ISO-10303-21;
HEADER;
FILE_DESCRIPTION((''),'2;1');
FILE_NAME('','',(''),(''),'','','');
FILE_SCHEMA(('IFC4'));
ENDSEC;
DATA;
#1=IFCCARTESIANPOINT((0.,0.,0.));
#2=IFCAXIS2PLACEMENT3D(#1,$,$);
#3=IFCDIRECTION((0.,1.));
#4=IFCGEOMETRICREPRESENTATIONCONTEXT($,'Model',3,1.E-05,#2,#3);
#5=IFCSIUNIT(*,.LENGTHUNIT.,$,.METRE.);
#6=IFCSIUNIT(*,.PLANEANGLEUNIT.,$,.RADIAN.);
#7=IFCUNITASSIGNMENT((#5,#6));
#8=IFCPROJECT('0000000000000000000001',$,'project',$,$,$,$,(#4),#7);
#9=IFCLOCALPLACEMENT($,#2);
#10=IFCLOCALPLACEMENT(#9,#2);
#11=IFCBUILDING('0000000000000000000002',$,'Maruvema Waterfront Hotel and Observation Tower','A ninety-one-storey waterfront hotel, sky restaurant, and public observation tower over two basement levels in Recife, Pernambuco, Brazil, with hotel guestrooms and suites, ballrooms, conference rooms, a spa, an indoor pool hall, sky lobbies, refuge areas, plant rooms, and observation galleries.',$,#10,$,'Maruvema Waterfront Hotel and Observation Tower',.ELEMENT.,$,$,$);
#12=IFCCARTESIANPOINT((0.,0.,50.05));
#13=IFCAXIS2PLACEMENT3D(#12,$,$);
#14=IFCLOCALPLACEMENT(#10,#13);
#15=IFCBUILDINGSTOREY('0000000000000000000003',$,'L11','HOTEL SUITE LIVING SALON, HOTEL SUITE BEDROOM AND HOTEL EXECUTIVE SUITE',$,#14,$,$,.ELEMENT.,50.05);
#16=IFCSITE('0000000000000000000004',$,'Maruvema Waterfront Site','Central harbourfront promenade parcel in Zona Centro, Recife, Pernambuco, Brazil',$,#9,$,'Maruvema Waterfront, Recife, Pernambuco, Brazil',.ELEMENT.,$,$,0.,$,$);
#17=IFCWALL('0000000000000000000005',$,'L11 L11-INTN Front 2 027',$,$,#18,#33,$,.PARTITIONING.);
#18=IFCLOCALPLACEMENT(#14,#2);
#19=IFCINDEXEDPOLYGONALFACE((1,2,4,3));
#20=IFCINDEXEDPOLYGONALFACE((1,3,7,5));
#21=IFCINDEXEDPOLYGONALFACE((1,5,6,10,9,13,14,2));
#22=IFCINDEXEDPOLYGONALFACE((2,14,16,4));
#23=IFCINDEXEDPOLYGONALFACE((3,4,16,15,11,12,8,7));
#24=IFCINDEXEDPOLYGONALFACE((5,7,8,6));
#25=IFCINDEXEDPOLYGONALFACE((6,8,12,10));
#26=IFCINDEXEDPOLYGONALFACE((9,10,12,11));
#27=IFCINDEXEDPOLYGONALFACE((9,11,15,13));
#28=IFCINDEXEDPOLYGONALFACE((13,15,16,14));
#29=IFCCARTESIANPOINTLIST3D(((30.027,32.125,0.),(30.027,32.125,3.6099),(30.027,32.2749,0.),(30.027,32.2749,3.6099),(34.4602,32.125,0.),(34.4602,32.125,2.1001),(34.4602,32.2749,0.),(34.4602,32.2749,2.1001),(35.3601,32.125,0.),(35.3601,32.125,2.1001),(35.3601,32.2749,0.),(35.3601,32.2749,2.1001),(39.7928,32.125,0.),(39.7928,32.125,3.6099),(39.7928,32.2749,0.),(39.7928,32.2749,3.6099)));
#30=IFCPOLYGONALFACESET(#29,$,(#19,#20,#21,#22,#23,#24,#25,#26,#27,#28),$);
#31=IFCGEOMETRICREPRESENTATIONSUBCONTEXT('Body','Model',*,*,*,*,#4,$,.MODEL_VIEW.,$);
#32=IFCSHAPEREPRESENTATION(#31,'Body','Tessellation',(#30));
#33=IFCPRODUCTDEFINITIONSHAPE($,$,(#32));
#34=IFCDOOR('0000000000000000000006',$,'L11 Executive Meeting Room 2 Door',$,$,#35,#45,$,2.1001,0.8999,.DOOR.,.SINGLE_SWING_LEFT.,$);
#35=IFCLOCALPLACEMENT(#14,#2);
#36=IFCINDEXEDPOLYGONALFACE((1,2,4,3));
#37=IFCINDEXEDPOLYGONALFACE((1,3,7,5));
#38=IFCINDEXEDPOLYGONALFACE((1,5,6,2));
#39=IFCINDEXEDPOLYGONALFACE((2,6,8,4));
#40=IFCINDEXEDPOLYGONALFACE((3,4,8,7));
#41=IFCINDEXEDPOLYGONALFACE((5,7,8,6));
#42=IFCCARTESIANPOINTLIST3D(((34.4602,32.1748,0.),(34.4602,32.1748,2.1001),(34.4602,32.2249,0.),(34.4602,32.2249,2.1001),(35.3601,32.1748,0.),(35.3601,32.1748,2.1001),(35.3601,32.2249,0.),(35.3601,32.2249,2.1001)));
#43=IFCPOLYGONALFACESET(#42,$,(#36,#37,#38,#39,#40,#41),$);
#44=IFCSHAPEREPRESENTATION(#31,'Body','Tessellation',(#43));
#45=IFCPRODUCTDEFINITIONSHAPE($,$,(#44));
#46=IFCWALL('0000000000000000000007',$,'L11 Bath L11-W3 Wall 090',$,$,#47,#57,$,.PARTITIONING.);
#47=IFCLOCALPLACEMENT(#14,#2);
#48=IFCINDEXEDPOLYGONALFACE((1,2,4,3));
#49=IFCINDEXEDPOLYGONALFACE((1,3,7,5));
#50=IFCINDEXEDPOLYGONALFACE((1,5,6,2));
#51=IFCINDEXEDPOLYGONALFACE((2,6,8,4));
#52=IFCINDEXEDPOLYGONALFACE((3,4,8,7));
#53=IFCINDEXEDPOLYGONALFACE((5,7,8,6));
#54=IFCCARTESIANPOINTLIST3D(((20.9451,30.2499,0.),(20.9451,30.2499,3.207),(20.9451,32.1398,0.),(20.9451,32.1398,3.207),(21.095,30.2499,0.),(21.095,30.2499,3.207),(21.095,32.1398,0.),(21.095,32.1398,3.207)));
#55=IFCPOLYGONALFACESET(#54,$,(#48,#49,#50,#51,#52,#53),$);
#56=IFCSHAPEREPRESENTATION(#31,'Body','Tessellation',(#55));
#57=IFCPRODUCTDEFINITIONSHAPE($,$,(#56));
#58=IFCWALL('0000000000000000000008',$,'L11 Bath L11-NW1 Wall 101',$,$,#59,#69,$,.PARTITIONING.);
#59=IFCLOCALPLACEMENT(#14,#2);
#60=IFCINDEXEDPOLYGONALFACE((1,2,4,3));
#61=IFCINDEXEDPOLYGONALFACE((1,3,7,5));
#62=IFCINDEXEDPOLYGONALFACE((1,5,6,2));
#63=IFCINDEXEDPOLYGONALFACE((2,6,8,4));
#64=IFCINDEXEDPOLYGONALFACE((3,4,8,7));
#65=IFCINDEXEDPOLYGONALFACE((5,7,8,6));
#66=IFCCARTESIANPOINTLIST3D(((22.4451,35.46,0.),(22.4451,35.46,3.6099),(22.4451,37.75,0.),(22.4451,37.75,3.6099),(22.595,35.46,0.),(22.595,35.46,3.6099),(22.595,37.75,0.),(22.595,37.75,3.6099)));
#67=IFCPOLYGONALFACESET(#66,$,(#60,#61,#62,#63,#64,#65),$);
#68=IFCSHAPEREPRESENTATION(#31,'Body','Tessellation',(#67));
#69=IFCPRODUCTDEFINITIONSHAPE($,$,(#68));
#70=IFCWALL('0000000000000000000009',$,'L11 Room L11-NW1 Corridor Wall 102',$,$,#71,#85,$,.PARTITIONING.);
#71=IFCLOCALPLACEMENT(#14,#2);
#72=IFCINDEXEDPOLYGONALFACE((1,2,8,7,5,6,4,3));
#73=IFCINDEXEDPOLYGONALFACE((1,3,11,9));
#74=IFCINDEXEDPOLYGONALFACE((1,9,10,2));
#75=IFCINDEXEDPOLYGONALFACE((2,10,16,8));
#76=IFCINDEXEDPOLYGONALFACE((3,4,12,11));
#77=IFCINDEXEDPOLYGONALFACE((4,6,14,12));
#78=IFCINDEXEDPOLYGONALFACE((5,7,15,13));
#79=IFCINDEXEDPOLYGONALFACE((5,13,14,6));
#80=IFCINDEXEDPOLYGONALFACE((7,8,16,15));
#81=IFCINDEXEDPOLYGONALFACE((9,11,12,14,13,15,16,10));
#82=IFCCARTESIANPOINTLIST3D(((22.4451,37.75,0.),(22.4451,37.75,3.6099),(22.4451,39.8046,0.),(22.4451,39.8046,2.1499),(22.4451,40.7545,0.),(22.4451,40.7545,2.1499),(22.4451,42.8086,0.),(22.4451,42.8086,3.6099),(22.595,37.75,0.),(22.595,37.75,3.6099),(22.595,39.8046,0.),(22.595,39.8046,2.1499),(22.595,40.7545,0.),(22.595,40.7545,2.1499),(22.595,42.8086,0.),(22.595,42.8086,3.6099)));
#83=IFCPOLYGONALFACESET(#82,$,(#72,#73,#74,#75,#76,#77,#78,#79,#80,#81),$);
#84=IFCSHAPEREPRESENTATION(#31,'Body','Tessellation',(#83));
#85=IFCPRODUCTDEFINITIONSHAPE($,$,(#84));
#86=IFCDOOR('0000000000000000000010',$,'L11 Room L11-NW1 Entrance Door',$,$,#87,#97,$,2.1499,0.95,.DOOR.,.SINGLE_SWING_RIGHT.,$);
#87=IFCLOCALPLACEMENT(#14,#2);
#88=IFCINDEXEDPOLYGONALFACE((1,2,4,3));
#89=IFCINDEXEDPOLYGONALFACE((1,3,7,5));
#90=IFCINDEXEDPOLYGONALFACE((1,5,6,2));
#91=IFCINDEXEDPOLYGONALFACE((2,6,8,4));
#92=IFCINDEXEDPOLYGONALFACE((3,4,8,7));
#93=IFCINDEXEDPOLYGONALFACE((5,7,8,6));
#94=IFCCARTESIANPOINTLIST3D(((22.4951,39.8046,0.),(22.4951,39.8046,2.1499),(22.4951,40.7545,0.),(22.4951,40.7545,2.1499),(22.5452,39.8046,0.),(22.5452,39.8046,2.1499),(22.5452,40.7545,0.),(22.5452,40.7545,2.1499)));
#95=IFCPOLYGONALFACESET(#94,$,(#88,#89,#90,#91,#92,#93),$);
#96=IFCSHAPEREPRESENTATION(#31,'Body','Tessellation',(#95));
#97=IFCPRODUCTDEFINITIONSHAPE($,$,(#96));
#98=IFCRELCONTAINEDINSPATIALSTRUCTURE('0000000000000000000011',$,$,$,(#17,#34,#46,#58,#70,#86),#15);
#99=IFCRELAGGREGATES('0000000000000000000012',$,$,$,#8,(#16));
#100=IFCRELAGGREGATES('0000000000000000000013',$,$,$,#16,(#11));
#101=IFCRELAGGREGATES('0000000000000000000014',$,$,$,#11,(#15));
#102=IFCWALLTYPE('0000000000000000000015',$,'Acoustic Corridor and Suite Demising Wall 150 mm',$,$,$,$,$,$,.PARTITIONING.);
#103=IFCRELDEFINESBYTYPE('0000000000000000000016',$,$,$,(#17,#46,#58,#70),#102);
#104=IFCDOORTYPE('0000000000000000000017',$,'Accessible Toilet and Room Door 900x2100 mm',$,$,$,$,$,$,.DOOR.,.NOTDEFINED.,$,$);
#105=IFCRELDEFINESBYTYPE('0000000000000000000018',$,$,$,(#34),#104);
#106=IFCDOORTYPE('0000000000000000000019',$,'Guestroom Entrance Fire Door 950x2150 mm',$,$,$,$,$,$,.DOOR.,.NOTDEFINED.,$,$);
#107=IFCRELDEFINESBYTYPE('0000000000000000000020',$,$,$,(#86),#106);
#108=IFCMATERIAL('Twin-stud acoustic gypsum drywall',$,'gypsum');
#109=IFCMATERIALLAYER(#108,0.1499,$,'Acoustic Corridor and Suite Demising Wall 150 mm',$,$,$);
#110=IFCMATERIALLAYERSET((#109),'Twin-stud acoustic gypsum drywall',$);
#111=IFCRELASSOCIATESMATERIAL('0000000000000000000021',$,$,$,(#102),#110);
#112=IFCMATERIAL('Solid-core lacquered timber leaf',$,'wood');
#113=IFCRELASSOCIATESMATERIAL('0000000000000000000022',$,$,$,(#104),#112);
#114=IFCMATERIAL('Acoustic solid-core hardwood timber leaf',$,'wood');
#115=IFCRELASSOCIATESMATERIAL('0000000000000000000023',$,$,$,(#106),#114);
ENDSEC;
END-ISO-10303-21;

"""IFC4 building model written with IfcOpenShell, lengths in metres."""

from ifc_helpers import new_model, si_unit, direction, frame, frame_2d, origin, place, context, subcontext, project, spatial, rectangle, extrude, material, layer, layer_set, type_object, element, fill, save


model = new_model("IFC4")

# Units and contexts
model_context = context("Model", 3, precision=1e-05, world=origin(), true_north=direction((0.0, 1.0)))
body_context = subcontext(model_context, "Body", "Model", "MODEL_VIEW")
ifc_project = project(units=[si_unit("LENGTHUNIT", "METRE"), si_unit("PLANEANGLEUNIT", "RADIAN")], contexts=[model_context])

# Site, building, storey
site_placement = place(None, origin())
site = spatial("IfcSite", under=ifc_project, at=site_placement, Name="Maruvema Waterfront Site", Description="Central harbourfront promenade parcel in Zona Centro, Recife, Pernambuco, Brazil", LongName="Maruvema Waterfront, Recife, Pernambuco, Brazil", CompositionType="ELEMENT", RefElevation=0.0)
building_placement = place(site_placement, origin())
building = spatial("IfcBuilding", under=site, at=building_placement, Name="Maruvema Waterfront Hotel and Observation Tower", Description="A ninety-one-storey waterfront hotel, sky restaurant, and public observation tower over two basement levels in Recife, Pernambuco, Brazil, with hotel guestrooms and suites, ballrooms, conference rooms, a spa, an indoor pool hall, sky lobbies, refuge areas, plant rooms, and observation galleries.", LongName="Maruvema Waterfront Hotel and Observation Tower", CompositionType="ELEMENT")
storey_placement = place(building_placement, frame((0.0, 0.0, 50.05)))
storey = spatial("IfcBuildingStorey", under=building, at=storey_placement, Name="L11", Description="HOTEL SUITE LIVING SALON, HOTEL SUITE BEDROOM AND HOTEL EXECUTIVE SUITE", CompositionType="ELEMENT", Elevation=50.05)

# Wall, opening, door
ifc_material_1 = material(Name="Twin-stud acoustic gypsum drywall", Category="gypsum")
ifc_layer_1 = layer(ifc_material_1, 0.1499, Name="Acoustic Corridor and Suite Demising Wall 150 mm")
ifc_layer_set_1 = layer_set([ifc_layer_1], Name="Twin-stud acoustic gypsum drywall")
wall_type_1 = type_object("IfcWallType", Name="Acoustic Corridor and Suite Demising Wall 150 mm", PredefinedType="PARTITIONING", material=ifc_layer_set_1)
ifc_material_2 = material(Name="Solid-core lacquered timber leaf", Category="wood")
door_type_1 = type_object("IfcDoorType", Name="Accessible Toilet and Room Door 900x2100 mm", OperationType="NOTDEFINED", PredefinedType="DOOR", material=ifc_material_2)
wall_1_placement = place(storey_placement, frame((30.0271, 32.2, 0.0), z_axis=(0.0, 0.0, 1.0), x_axis=(1.0, 0.0, 0.0)))
wall_1 = element("IfcWall", 1, at=wall_1_placement, inside=storey, type_object=wall_type_1, Name="L11 L11-INTN Front 2 027", PredefinedType="PARTITIONING", context=body_context, shape_type="SweptSolid", body=[
    extrude(rectangle(XDim=9.7659, YDim=0.1499, at=frame_2d((4.8828, 0.0))), origin(), (0.0, 0.0, 1.0), 3.6099),
])
opening_1_placement = place(wall_1_placement, frame((4.4331, 0.0, 0.0)))
opening_1 = element("IfcOpeningElement", 2, at=opening_1_placement, cuts=wall_1, PredefinedType="OPENING", context=body_context, shape_type="SweptSolid", body=[
    extrude(rectangle(XDim=0.8999, YDim=2.1001, at=frame_2d((0.45, 1.05))), frame((0.0, 0.085, 0.0), z_axis=(0.0, -1.0, 0.0), x_axis=(1.0, 0.0, 0.0)), (0.0, 0.0, 1.0), 0.1699),
])
door_1_placement = place(opening_1_placement, origin())
door_1 = element("IfcDoor", 3, at=door_1_placement, inside=storey, type_object=door_type_1, Name="L11 Executive Meeting Room 2 Door", OperationType="SINGLE_SWING_LEFT", OverallHeight=2.1001, OverallWidth=0.8999, PredefinedType="DOOR", context=body_context, shape_type="SweptSolid", body=[
    extrude(rectangle(XDim=0.8999, YDim=2.1001, at=frame_2d((0.45, 1.05))), frame((0.0, 0.0249, 0.0), z_axis=(0.0, -1.0, 0.0), x_axis=(1.0, 0.0, 0.0)), (0.0, 0.0, 1.0), 0.05),
])
fill(opening_1, door_1)

# Walls
wall_2_placement = place(storey_placement, frame((21.02, 30.25, 0.0), z_axis=(0.0, 0.0, 1.0), x_axis=(0.0, 1.0, 0.0)))
element("IfcWall", 4, at=wall_2_placement, inside=storey, type_object=wall_type_1, Name="L11 Bath L11-W3 Wall 090", PredefinedType="PARTITIONING", context=body_context, shape_type="SweptSolid", body=[
    extrude(rectangle(XDim=1.8899, YDim=0.1499, at=frame_2d((0.9448, 0.0))), origin(), (0.0, 0.0, 1.0), 3.207),
])
wall_3_placement = place(storey_placement, frame((22.52, 35.46, 0.0), z_axis=(0.0, 0.0, 1.0), x_axis=(0.0, 1.0, 0.0)))
element("IfcWall", 5, at=wall_3_placement, inside=storey, type_object=wall_type_1, Name="L11 Bath L11-NW1 Wall 101", PredefinedType="PARTITIONING", context=body_context, shape_type="SweptSolid", body=[
    extrude(rectangle(XDim=2.29, YDim=0.1499, at=frame_2d((1.145, 0.0))), origin(), (0.0, 0.0, 1.0), 3.6099),
])

# Wall, opening, door
wall_4_placement = place(storey_placement, frame((22.52, 37.75, 0.0), z_axis=(0.0, 0.0, 1.0), x_axis=(0.0, 1.0, 0.0)))
wall_4 = element("IfcWall", 6, at=wall_4_placement, inside=storey, type_object=wall_type_1, Name="L11 Room L11-NW1 Corridor Wall 102", PredefinedType="PARTITIONING", context=body_context, shape_type="SweptSolid", body=[
    extrude(rectangle(XDim=5.0586, YDim=0.1499, at=frame_2d((2.5293, 0.0))), origin(), (0.0, 0.0, 1.0), 3.6099),
])
opening_2_placement = place(wall_4_placement, frame((2.0544, 0.0, 0.0)))
opening_2 = element("IfcOpeningElement", 7, at=opening_2_placement, cuts=wall_4, PredefinedType="OPENING", context=body_context, shape_type="SweptSolid", body=[
    extrude(rectangle(XDim=0.95, YDim=2.1499, at=frame_2d((0.4751, 1.075))), frame((0.0, 0.085, 0.0), z_axis=(0.0, -1.0, 0.0), x_axis=(1.0, 0.0, 0.0)), (0.0, 0.0, 1.0), 0.1699),
])
ifc_material_3 = material(Name="Acoustic solid-core hardwood timber leaf", Category="wood")
door_type_2 = type_object("IfcDoorType", Name="Guestroom Entrance Fire Door 950x2150 mm", OperationType="NOTDEFINED", PredefinedType="DOOR", material=ifc_material_3)
door_2_placement = place(opening_2_placement, origin())
door_2 = element("IfcDoor", 8, at=door_2_placement, inside=storey, type_object=door_type_2, Name="L11 Room L11-NW1 Entrance Door", OperationType="SINGLE_SWING_RIGHT", OverallHeight=2.1499, OverallWidth=0.95, PredefinedType="DOOR", context=body_context, shape_type="SweptSolid", body=[
    extrude(rectangle(XDim=0.95, YDim=2.1499, at=frame_2d((0.4751, 1.075))), frame((0.0, 0.0249, 0.0), z_axis=(0.0, -1.0, 0.0), x_axis=(1.0, 0.0, 0.0)), (0.0, 0.0, 1.0), 0.05),
])
fill(opening_2, door_2)

save(model, "model.ifc")
